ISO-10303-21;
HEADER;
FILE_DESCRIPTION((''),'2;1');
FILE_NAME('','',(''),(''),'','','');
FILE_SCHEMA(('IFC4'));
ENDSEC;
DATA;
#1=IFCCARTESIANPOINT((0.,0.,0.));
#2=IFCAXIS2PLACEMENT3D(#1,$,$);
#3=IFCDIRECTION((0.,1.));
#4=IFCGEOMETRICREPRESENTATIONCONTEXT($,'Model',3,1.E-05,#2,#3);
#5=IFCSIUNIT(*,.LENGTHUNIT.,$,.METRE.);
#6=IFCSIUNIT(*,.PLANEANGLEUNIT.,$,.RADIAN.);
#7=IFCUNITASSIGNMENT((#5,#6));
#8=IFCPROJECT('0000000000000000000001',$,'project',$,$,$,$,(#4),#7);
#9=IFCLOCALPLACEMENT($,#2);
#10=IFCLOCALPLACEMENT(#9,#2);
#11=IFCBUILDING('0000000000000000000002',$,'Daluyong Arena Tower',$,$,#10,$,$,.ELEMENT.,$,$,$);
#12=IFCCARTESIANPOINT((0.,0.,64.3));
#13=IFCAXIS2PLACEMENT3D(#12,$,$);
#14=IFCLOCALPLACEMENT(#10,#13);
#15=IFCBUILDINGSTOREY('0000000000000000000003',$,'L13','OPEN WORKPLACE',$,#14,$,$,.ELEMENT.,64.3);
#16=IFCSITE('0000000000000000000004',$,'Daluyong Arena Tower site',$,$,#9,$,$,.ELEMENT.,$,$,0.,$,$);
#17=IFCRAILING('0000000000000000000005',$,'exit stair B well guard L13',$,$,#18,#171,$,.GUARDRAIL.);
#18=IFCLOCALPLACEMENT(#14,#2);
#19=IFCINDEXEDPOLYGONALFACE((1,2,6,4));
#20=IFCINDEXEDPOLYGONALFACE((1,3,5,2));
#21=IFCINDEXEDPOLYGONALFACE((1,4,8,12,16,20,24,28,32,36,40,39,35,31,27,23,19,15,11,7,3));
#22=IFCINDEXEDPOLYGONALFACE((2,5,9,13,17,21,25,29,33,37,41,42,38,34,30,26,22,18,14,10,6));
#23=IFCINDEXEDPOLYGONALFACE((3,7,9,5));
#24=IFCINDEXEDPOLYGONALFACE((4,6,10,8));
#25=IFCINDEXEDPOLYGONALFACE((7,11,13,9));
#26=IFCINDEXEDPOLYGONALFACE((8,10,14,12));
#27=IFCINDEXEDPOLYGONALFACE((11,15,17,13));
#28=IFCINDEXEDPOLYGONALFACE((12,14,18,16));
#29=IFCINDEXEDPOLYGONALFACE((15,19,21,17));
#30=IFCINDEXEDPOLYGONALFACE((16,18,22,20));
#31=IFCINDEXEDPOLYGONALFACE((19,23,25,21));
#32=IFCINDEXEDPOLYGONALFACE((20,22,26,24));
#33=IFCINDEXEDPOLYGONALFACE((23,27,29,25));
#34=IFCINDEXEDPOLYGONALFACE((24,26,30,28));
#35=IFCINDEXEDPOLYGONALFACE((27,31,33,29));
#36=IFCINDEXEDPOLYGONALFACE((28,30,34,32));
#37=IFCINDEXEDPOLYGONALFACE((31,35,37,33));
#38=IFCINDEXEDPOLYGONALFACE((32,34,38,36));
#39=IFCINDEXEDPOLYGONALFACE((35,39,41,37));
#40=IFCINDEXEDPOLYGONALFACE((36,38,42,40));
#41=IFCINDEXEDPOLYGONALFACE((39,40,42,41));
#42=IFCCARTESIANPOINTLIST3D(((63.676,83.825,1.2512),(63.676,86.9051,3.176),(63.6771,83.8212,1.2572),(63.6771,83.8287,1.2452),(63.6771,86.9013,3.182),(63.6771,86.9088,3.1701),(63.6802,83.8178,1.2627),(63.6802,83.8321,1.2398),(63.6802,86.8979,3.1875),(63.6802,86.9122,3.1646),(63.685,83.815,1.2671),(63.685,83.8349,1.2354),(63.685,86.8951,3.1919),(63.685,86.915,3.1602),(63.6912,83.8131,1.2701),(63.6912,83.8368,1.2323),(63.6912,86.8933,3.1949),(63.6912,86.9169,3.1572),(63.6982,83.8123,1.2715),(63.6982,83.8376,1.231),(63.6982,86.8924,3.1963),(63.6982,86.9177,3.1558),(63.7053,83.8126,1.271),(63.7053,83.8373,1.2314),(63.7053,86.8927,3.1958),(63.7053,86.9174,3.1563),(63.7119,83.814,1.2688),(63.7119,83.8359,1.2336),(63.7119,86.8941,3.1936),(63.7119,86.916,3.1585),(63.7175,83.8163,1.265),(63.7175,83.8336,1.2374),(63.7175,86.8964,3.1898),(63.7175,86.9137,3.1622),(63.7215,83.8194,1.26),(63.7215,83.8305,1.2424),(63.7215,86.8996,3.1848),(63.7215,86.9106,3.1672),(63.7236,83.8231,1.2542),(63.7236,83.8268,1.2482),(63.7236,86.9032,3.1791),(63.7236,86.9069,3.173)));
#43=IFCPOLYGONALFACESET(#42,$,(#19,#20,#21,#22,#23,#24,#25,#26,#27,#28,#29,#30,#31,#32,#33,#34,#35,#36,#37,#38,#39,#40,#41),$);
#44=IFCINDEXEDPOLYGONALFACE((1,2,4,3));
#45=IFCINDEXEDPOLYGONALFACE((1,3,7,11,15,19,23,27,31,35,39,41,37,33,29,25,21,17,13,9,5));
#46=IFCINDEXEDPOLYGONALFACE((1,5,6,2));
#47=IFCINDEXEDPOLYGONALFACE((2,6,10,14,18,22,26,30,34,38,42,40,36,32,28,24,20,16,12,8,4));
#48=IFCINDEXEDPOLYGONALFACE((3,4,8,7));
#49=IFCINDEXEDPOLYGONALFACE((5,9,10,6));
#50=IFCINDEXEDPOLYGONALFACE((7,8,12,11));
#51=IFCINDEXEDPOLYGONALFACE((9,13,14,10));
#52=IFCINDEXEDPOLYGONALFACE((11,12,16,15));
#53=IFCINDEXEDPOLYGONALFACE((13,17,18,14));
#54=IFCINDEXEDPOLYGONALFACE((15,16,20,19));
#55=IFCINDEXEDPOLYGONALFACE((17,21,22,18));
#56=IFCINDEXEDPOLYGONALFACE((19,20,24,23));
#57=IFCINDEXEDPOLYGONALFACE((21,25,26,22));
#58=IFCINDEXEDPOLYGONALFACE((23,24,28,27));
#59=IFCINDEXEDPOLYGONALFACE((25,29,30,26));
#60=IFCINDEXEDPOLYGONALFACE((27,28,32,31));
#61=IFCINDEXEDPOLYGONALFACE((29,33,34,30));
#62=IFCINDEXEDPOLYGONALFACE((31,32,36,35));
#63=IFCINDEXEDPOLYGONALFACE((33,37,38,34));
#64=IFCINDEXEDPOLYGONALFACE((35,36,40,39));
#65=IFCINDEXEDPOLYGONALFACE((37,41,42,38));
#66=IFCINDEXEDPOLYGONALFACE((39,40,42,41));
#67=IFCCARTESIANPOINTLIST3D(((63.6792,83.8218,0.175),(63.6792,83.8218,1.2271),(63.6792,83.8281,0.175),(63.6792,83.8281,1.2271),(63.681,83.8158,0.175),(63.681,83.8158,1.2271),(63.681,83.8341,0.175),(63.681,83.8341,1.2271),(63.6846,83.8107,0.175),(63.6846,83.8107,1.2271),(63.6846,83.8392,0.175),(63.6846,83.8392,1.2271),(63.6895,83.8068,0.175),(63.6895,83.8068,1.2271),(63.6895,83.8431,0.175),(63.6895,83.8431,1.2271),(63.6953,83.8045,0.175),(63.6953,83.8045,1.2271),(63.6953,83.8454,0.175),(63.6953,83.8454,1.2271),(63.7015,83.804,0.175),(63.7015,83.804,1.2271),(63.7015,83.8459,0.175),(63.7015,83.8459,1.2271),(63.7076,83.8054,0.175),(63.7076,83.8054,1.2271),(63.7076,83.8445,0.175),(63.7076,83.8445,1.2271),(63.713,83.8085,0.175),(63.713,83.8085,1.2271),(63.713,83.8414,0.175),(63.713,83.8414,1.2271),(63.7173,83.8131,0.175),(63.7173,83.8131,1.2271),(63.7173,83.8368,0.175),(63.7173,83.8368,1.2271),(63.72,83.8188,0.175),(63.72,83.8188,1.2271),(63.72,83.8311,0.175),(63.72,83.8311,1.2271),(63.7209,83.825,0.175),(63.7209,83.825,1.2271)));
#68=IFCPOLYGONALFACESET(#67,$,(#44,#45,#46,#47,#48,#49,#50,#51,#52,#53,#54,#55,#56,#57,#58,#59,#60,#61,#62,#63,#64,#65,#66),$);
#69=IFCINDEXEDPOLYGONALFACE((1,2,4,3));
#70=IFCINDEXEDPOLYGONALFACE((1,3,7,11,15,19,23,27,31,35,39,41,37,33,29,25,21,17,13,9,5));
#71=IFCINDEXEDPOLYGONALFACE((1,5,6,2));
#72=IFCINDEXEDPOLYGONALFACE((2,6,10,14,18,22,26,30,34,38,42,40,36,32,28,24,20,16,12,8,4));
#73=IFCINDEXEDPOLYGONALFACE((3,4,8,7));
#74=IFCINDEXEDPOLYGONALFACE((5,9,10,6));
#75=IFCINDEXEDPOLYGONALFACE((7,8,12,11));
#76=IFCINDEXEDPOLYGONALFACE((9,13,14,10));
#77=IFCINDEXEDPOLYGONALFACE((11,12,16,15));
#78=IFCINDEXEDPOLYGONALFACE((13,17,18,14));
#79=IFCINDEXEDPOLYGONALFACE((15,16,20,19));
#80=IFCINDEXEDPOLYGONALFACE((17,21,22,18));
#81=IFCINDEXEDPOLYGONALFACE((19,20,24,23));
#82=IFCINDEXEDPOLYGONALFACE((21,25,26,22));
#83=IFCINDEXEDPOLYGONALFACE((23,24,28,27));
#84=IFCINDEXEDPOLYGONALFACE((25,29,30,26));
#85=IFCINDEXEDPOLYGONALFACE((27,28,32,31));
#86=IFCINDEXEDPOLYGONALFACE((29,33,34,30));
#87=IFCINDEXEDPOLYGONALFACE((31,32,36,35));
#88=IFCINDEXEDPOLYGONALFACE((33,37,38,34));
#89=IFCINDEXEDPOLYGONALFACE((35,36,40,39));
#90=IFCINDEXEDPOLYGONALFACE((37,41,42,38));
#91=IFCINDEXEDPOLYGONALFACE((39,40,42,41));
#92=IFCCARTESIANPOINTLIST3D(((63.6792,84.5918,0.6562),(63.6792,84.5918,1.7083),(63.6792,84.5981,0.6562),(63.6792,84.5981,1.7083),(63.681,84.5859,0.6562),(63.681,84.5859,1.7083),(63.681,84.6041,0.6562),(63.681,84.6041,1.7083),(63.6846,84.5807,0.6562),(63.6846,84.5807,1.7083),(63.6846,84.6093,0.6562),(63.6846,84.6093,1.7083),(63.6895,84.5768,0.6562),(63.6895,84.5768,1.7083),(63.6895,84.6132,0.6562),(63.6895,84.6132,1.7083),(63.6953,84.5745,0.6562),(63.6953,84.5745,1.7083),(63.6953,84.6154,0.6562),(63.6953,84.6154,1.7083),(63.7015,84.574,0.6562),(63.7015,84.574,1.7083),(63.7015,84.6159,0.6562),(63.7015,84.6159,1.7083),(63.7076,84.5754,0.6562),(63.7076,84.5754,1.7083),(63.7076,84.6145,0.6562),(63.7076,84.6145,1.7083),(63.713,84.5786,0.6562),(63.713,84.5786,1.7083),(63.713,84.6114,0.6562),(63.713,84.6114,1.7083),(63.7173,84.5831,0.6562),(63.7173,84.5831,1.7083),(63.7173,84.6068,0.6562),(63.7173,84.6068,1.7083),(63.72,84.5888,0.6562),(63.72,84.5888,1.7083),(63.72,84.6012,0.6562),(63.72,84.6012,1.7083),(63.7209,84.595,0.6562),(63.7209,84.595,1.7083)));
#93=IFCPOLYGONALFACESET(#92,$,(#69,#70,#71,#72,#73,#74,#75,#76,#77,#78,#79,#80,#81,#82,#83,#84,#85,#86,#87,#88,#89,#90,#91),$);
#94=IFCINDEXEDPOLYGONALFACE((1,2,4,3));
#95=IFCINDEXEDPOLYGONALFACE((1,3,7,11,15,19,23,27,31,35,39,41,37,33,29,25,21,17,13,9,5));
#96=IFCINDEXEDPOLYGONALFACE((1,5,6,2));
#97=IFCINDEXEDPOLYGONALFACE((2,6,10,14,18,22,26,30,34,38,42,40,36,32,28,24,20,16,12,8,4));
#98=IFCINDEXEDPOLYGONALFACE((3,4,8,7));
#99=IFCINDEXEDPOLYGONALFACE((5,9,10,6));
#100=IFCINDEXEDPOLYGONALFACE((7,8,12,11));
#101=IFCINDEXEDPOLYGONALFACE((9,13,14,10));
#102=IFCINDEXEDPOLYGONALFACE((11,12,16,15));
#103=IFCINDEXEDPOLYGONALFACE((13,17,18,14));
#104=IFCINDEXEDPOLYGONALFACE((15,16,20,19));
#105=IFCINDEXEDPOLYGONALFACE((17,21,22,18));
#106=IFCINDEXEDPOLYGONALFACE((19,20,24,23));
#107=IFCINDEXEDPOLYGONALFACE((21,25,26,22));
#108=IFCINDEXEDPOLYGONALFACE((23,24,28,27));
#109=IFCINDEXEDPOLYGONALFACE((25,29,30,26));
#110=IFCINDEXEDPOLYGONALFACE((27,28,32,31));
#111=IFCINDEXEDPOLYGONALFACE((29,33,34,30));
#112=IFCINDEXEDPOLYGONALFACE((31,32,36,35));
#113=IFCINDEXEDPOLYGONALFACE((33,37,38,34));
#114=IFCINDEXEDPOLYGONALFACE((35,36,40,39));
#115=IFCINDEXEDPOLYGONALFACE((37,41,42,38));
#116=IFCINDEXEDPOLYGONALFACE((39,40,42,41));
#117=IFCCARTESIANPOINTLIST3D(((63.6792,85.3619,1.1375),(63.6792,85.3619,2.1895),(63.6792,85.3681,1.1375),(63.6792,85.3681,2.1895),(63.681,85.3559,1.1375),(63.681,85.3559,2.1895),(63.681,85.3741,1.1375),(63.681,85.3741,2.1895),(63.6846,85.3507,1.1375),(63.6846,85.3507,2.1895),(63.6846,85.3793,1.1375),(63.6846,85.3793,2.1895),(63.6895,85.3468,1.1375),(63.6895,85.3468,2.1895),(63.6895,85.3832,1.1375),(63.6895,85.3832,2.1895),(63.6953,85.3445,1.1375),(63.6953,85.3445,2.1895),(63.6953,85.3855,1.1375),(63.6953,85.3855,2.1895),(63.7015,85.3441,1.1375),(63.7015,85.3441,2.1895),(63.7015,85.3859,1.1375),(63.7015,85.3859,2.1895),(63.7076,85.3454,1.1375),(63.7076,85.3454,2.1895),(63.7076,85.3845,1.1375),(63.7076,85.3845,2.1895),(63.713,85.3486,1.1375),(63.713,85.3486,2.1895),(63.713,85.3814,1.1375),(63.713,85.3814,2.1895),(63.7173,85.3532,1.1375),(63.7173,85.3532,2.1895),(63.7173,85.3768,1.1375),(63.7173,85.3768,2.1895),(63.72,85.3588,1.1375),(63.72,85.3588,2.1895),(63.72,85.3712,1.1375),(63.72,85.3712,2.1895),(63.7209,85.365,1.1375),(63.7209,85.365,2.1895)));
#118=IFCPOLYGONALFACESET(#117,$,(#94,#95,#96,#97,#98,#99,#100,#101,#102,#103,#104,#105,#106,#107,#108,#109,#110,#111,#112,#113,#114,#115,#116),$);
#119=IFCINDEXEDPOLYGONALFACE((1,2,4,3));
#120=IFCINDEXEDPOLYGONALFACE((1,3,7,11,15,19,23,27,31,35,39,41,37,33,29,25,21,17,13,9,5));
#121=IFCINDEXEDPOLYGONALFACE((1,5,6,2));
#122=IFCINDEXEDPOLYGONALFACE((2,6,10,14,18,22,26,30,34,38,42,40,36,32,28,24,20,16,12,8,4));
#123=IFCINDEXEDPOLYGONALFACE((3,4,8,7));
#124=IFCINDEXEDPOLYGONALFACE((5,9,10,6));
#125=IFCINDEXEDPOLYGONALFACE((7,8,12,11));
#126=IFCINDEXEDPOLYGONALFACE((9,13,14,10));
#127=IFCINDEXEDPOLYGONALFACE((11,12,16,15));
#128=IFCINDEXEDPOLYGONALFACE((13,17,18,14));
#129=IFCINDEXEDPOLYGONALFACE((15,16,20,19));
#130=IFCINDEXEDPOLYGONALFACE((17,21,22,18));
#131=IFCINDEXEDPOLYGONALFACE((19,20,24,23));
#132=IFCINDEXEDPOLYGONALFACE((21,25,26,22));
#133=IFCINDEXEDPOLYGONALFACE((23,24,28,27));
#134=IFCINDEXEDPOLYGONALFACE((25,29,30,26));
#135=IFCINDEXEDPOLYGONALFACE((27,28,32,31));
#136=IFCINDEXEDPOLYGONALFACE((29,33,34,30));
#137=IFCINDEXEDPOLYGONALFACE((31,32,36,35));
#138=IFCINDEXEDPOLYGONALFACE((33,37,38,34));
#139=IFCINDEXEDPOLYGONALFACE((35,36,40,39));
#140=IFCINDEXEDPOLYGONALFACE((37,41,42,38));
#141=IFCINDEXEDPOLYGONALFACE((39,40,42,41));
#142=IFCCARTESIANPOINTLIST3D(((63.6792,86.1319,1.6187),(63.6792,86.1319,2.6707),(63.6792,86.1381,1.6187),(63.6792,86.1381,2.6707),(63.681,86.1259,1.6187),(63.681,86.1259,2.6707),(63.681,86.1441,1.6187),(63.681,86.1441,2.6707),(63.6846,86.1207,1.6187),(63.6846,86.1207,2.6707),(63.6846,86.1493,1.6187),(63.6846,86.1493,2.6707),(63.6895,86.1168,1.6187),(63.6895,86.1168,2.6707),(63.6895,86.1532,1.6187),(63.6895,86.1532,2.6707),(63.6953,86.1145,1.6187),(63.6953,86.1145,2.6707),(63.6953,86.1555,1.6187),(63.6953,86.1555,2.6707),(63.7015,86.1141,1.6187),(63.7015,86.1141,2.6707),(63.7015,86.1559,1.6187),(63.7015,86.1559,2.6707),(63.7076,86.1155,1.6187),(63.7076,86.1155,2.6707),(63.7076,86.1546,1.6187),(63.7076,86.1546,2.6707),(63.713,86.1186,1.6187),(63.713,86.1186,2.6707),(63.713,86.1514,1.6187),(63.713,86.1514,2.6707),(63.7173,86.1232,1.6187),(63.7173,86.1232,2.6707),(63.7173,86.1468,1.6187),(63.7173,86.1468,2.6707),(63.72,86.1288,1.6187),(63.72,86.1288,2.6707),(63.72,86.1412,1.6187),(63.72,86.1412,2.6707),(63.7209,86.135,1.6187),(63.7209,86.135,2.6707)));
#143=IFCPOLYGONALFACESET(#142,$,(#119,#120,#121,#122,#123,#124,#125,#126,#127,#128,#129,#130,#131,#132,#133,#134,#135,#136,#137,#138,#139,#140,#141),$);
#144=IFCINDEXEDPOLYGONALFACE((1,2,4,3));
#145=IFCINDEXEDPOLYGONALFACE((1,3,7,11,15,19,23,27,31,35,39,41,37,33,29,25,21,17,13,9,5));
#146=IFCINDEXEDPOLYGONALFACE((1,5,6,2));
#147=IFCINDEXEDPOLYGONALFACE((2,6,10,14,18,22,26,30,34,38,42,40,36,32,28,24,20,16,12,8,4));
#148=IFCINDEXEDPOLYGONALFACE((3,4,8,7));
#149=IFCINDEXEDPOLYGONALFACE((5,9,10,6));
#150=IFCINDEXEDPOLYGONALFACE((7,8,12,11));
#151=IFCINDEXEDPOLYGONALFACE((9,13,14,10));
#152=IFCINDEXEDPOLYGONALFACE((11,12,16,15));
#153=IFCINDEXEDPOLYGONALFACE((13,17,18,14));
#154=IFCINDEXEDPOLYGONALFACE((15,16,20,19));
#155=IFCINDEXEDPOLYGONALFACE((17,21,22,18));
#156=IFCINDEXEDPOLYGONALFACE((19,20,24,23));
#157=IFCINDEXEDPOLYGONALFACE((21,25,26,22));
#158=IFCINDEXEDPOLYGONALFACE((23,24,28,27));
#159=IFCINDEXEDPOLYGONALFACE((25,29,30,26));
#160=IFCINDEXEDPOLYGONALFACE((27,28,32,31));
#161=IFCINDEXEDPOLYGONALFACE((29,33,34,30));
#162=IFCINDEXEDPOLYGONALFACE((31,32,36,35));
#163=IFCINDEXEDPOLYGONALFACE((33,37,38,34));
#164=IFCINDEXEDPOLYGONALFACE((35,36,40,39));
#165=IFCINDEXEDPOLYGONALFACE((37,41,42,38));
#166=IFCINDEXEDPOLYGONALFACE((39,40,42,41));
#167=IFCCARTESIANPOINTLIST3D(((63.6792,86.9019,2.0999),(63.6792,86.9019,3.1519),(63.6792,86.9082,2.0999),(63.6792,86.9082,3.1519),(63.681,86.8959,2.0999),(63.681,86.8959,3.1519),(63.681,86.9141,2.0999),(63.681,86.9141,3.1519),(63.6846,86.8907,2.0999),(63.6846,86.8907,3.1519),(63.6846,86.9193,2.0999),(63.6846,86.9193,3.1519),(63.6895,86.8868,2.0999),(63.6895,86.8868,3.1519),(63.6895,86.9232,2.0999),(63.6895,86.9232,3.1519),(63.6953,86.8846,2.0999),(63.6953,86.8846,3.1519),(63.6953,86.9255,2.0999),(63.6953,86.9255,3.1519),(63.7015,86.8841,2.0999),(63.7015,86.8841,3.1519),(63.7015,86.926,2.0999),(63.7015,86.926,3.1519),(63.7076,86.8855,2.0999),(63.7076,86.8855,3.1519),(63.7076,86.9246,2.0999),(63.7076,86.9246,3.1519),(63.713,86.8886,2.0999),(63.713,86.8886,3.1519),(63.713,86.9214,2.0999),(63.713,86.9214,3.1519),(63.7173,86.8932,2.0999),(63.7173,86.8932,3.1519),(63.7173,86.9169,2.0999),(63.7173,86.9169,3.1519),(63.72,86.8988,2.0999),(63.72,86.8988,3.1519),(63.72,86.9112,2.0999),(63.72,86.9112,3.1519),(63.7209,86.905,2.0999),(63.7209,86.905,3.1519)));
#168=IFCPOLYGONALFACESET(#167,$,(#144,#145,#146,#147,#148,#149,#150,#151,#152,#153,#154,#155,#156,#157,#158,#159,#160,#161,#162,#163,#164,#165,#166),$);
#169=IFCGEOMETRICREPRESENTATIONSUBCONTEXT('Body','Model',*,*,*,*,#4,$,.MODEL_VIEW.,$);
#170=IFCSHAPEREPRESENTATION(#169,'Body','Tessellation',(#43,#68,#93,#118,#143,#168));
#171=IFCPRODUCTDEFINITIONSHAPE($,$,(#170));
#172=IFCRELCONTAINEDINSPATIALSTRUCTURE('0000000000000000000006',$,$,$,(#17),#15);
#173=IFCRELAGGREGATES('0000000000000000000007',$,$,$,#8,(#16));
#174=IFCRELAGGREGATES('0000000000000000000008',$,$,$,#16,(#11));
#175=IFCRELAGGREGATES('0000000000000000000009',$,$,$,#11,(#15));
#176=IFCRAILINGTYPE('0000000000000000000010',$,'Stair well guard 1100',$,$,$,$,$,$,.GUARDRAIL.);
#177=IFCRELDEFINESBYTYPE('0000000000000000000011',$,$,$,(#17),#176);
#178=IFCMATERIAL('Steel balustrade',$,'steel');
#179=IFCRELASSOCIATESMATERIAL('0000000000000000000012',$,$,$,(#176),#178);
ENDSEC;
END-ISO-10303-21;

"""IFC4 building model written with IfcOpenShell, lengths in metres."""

from ifc_helpers import new_model, si_unit, direction, frame, origin, origin_2d, place, context, subcontext, project, spatial, circle, extrude, material, type_object, element, save


model = new_model("IFC4")

# Units and contexts
model_context = context("Model", 3, precision=1e-05, world=origin(), true_north=direction((0.0, 1.0)))
body_context = subcontext(model_context, "Body", "Model", "MODEL_VIEW")
ifc_project = project(units=[si_unit("LENGTHUNIT", "METRE"), si_unit("PLANEANGLEUNIT", "RADIAN")], contexts=[model_context])

# Site, building, storey
site_placement = place(None, origin())
site = spatial("IfcSite", under=ifc_project, at=site_placement, Name="Daluyong Arena Tower site", CompositionType="ELEMENT", RefElevation=0.0)
building_placement = place(site_placement, origin())
building = spatial("IfcBuilding", under=site, at=building_placement, Name="Daluyong Arena Tower", CompositionType="ELEMENT")
storey_placement = place(building_placement, frame((0.0, 0.0, 64.3)))
storey = spatial("IfcBuildingStorey", under=building, at=storey_placement, Name="L13", Description="OPEN WORKPLACE", CompositionType="ELEMENT", Elevation=64.3)

# Railing
ifc_material_1 = material(Name="Steel balustrade", Category="steel")
railing_type_1 = type_object("IfcRailingType", Name="Stair well guard 1100", PredefinedType="GUARDRAIL", material=ifc_material_1)
railing_1_placement = place(storey_placement, frame((63.7, 83.825, 0.175)))
element("IfcRailing", 1, at=railing_1_placement, inside=storey, type_object=railing_type_1, Name="exit stair B well guard L13", PredefinedType="GUARDRAIL", context=body_context, shape_type="SweptSolid", body=[
    extrude(circle(Radius=0.0239, at=origin_2d()), frame((0.0, 0.0, 1.0762), z_axis=(0.0, 0.848029, 0.529951), x_axis=(-1.0, 0.0, 0.0)), (0.0, 0.0, 1.0), 3.6321),
    extrude(circle(Radius=0.021, at=origin_2d()), origin(), (0.0, 0.0, 1.0), 1.052),
    extrude(circle(Radius=0.021, at=origin_2d()), frame((0.0, 0.77, 0.4812)), (0.0, 0.0, 1.0), 1.052),
    extrude(circle(Radius=0.021, at=origin_2d()), frame((0.0, 1.54, 0.9624)), (0.0, 0.0, 1.0), 1.052),
    extrude(circle(Radius=0.021, at=origin_2d()), frame((0.0, 2.3101, 1.4436)), (0.0, 0.0, 1.0), 1.052),
    extrude(circle(Radius=0.021, at=origin_2d()), frame((0.0, 3.0801, 1.9248)), (0.0, 0.0, 1.0), 1.052),
])

save(model, "model.ifc")
